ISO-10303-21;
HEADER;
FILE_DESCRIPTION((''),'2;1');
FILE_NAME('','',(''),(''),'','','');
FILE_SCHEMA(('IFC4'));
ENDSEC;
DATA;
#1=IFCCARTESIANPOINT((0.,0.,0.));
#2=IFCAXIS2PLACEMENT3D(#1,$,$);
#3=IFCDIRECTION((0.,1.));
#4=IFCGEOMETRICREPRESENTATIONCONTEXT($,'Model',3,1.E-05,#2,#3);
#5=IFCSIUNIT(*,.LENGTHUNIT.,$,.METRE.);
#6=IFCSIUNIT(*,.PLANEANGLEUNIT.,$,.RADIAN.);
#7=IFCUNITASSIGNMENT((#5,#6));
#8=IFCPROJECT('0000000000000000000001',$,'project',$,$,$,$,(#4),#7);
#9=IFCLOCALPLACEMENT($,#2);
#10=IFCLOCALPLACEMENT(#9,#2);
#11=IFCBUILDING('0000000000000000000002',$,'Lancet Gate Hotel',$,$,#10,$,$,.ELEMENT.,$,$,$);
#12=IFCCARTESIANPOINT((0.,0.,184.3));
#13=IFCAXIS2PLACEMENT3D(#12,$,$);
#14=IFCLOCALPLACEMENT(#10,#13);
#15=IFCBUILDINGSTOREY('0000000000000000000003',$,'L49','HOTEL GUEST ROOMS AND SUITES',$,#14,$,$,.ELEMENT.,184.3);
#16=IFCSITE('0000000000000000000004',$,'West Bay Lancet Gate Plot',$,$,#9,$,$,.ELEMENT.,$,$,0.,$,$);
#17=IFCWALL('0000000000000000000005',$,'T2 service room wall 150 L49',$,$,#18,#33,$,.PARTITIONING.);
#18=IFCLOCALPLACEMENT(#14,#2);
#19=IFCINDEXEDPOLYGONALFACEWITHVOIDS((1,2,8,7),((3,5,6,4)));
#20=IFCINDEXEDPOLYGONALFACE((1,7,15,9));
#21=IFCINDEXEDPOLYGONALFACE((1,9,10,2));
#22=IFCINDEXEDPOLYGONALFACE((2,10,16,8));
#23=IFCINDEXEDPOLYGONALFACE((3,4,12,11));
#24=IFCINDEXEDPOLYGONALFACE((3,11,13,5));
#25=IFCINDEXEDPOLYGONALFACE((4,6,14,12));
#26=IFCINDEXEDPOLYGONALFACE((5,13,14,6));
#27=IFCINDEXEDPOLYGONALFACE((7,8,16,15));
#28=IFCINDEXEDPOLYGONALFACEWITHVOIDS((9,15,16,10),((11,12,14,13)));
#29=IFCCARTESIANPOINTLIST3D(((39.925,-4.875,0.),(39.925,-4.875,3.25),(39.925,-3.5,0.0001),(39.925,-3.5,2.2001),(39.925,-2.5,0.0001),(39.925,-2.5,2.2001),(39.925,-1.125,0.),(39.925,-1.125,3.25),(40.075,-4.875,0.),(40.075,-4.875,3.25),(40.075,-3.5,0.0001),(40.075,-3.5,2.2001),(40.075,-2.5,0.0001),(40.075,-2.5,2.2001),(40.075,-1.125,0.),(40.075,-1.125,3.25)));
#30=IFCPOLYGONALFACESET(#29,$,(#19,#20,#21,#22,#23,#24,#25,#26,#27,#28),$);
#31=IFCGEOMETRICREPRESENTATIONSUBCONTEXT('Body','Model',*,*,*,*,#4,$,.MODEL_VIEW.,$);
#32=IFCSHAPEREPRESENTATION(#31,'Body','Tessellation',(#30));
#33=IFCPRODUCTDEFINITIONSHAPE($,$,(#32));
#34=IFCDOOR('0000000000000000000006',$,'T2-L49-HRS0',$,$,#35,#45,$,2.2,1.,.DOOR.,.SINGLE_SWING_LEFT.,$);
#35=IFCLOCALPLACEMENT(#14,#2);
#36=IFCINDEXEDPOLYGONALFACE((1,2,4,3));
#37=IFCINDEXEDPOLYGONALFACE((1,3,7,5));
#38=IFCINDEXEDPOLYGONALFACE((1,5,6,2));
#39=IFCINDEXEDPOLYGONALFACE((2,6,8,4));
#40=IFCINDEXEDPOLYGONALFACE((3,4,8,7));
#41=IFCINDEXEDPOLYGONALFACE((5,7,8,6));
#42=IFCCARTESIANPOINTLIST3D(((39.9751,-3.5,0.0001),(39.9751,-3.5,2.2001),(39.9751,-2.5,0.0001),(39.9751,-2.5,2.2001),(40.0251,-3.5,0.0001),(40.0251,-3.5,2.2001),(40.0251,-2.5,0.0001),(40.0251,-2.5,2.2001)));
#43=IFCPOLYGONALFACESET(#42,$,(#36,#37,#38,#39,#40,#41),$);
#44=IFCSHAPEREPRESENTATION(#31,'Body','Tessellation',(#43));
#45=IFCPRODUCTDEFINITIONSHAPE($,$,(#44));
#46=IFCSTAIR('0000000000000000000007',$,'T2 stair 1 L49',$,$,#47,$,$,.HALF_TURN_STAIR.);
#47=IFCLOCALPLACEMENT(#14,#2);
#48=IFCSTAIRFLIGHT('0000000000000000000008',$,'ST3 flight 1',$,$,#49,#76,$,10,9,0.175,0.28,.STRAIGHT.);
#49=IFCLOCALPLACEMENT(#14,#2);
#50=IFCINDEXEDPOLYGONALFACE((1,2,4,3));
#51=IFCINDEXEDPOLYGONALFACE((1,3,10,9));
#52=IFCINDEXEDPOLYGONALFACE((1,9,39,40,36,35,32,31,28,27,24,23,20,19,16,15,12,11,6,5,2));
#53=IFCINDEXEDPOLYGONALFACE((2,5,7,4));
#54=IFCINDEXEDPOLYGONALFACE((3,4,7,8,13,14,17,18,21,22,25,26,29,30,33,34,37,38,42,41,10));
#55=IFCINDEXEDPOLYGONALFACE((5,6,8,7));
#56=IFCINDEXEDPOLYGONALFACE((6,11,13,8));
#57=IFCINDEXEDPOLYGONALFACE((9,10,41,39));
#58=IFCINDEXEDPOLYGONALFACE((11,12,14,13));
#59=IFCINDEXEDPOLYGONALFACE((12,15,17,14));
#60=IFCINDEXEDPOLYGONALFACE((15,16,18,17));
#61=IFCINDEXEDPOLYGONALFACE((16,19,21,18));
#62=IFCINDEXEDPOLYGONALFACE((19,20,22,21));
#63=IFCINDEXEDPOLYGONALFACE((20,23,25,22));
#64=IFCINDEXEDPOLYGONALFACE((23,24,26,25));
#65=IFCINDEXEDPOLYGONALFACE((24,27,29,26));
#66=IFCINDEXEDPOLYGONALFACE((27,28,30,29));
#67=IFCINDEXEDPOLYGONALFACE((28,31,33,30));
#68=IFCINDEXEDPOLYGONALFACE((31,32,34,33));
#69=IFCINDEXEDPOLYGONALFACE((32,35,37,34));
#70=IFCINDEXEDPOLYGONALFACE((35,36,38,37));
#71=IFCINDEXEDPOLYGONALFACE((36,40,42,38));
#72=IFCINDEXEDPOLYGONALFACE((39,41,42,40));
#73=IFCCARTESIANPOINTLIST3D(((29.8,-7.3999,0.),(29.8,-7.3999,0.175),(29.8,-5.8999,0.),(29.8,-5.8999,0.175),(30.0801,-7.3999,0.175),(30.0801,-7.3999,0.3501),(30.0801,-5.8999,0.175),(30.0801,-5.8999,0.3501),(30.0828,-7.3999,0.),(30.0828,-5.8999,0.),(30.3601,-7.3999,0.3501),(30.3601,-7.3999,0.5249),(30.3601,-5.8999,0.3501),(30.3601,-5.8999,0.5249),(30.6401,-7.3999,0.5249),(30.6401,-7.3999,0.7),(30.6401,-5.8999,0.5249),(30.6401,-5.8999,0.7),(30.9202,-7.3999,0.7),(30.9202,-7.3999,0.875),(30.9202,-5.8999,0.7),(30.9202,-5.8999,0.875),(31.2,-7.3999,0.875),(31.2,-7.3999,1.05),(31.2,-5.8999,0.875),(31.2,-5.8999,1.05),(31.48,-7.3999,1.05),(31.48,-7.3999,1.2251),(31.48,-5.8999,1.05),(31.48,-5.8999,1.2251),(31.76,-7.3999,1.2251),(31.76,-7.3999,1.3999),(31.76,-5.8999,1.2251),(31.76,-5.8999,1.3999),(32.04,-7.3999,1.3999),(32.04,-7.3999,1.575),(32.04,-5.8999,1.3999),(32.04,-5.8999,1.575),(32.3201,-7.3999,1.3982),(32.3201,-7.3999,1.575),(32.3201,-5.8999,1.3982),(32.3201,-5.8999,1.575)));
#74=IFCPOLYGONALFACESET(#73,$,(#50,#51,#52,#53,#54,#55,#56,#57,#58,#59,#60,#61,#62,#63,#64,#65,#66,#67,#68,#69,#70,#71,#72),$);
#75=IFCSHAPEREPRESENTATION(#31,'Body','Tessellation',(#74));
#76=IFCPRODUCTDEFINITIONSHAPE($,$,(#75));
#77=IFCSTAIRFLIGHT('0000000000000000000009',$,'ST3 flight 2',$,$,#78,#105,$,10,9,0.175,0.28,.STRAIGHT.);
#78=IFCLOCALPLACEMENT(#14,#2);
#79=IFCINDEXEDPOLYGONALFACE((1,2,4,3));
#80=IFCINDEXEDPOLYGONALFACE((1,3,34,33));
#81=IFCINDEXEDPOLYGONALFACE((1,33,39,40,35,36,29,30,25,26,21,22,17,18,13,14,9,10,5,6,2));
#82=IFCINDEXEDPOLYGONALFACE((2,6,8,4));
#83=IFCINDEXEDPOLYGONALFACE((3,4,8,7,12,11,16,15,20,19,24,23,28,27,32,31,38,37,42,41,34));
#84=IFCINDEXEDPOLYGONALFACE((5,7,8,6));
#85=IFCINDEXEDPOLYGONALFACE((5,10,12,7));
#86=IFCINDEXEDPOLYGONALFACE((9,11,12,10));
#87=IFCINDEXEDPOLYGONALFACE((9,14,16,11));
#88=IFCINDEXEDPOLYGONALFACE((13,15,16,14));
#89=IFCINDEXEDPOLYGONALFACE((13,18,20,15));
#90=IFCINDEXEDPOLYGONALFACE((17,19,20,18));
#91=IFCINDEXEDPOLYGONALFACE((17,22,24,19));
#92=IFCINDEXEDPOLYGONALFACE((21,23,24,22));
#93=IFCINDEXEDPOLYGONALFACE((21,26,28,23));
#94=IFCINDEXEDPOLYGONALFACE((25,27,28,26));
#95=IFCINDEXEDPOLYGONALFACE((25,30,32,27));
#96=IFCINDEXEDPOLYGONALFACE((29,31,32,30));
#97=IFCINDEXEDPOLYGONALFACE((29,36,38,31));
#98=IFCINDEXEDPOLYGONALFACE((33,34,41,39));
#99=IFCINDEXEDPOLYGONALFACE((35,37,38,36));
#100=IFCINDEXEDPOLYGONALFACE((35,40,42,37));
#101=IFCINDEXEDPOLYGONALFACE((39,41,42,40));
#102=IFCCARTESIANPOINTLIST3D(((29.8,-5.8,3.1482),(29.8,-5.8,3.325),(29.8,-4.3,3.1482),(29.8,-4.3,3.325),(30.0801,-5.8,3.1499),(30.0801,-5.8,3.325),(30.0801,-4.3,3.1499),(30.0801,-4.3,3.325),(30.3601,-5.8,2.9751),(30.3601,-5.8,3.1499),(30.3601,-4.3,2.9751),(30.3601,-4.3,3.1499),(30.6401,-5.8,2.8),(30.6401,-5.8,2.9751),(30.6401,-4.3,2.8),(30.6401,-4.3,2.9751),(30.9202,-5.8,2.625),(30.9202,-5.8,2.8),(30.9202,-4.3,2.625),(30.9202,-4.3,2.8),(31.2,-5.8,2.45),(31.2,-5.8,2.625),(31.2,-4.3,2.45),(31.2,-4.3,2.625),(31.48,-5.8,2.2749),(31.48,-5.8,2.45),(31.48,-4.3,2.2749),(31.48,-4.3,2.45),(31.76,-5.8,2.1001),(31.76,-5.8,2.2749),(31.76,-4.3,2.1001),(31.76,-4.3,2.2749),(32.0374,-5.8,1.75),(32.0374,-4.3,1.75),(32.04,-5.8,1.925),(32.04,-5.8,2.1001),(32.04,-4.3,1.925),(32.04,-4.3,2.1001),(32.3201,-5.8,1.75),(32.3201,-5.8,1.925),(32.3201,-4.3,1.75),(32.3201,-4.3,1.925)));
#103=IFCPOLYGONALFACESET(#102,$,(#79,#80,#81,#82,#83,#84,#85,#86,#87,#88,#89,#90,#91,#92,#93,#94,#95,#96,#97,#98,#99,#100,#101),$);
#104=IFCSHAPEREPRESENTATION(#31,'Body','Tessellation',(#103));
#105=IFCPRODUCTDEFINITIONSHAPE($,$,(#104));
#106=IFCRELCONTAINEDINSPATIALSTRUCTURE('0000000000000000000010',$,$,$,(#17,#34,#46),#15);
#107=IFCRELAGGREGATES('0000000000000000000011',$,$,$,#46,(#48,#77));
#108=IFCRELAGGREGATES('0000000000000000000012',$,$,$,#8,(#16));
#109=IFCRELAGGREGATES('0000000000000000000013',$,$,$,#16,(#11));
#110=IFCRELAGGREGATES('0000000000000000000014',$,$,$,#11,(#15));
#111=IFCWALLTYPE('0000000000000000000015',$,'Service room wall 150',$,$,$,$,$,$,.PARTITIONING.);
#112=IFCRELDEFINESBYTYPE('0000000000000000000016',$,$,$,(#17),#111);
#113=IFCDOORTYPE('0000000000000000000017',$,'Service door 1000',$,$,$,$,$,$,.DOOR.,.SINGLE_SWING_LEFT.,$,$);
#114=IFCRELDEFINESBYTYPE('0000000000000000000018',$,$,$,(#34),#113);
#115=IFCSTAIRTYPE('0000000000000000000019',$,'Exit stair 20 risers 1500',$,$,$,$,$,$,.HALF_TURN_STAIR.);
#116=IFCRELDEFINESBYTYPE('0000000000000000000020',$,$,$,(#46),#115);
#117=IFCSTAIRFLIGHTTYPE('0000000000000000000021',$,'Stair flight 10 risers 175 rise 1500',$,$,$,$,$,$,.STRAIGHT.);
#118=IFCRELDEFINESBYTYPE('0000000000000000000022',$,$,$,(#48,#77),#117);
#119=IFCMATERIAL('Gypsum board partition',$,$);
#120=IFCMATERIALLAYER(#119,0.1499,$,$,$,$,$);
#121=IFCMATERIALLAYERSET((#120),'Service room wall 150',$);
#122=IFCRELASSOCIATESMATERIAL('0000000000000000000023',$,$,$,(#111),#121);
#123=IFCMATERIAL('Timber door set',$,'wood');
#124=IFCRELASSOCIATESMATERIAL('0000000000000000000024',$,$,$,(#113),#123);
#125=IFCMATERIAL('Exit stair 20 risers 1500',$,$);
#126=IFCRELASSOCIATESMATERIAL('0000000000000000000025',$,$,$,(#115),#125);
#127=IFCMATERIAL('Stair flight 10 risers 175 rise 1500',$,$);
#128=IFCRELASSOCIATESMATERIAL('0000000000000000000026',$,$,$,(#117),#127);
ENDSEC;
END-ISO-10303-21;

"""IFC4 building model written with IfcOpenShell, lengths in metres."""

from ifc_helpers import new_model, si_unit, direction, frame, frame_2d, origin, place, context, subcontext, project, spatial, polyline, rectangle, outline, extrude, material, layer, layer_set, type_object, element, fill, aggregate, save


model = new_model("IFC4")

# Units and contexts
model_context = context("Model", 3, precision=1e-05, world=origin(), true_north=direction((0.0, 1.0)))
body_context = subcontext(model_context, "Body", "Model", "MODEL_VIEW")
ifc_project = project(units=[si_unit("LENGTHUNIT", "METRE"), si_unit("PLANEANGLEUNIT", "RADIAN")], contexts=[model_context])

# Site, building, storey
site_placement = place(None, origin())
site = spatial("IfcSite", under=ifc_project, at=site_placement, Name="West Bay Lancet Gate Plot", CompositionType="ELEMENT", RefElevation=0.0)
building_placement = place(site_placement, origin())
building = spatial("IfcBuilding", under=site, at=building_placement, Name="Lancet Gate Hotel", CompositionType="ELEMENT")
storey_placement = place(building_placement, frame((0.0, 0.0, 184.3)))
storey = spatial("IfcBuildingStorey", under=building, at=storey_placement, Name="L49", Description="HOTEL GUEST ROOMS AND SUITES", CompositionType="ELEMENT", Elevation=184.3)

# Shared definitions
ifc_material_1 = material(Name="Gypsum board partition")
ifc_layer_1 = layer(ifc_material_1, 0.1499)
ifc_layer_set_1 = layer_set([ifc_layer_1], Name="Service room wall 150")
wall_type_1 = type_object("IfcWallType", Name="Service room wall 150", PredefinedType="PARTITIONING", material=ifc_layer_set_1)

# Wall, opening, door
wall_1_placement = place(storey_placement, frame((40.0, -4.875, 0.0), z_axis=(0.0, 0.0, 1.0), x_axis=(0.0, 1.0, 0.0)))
wall_1 = element("IfcWall", 1, at=wall_1_placement, inside=storey, type_object=wall_type_1, Name="T2 service room wall 150 L49", PredefinedType="PARTITIONING", context=body_context, shape_type="SweptSolid", body=[
    extrude(rectangle(XDim=3.75, YDim=0.1499, at=frame_2d((1.875, 0.0))), origin(), (0.0, 0.0, 1.0), 3.25),
])
opening_1_placement = place(wall_1_placement, frame((1.375, 0.0, 0.0)))
opening_1 = element("IfcOpeningElement", 2, at=opening_1_placement, cuts=wall_1, PredefinedType="OPENING", context=body_context, shape_type="SweptSolid", body=[
    extrude(rectangle(XDim=1.0, YDim=2.2, at=frame_2d((0.5, 1.1001))), frame((0.0, 0.085, 0.0), z_axis=(0.0, -1.0, 0.0), x_axis=(1.0, 0.0, 0.0)), (0.0, 0.0, 1.0), 0.1699),
])
ifc_material_2 = material(Name="Timber door set", Category="wood")
door_type_1 = type_object("IfcDoorType", Name="Service door 1000", OperationType="SINGLE_SWING_LEFT", PredefinedType="DOOR", material=ifc_material_2)
door_1_placement = place(opening_1_placement, origin())
door_1 = element("IfcDoor", 3, at=door_1_placement, inside=storey, type_object=door_type_1, Name="T2-L49-HRS0", OperationType="SINGLE_SWING_LEFT", OverallHeight=2.2, OverallWidth=1.0, PredefinedType="DOOR", context=body_context, shape_type="SweptSolid", body=[
    extrude(rectangle(XDim=1.0, YDim=2.2, at=frame_2d((0.5, 1.1001))), frame((0.0, 0.0249, 0.0), z_axis=(0.0, -1.0, 0.0), x_axis=(1.0, 0.0, 0.0)), (0.0, 0.0, 1.0), 0.05),
])
fill(opening_1, door_1)

# Stair, stair flights
ifc_material_3 = material(Name="Exit stair 20 risers 1500")
stair_type = type_object("IfcStairType", Name="Exit stair 20 risers 1500", PredefinedType="HALF_TURN_STAIR", material=ifc_material_3)
stair_placement = place(storey_placement, origin())
stair = element("IfcStair", 4, at=stair_placement, inside=storey, type_object=stair_type, Name="T2 stair 1 L49", PredefinedType="HALF_TURN_STAIR")
ifc_material_4 = material(Name="Stair flight 10 risers 175 rise 1500")
stair_flight_type = type_object("IfcStairFlightType", Name="Stair flight 10 risers 175 rise 1500", PredefinedType="STRAIGHT", material=ifc_material_4)
stair_flight_1_placement = place(storey_placement, frame((29.8, -6.6499, 0.0), z_axis=(0.0, 0.0, 1.0), x_axis=(1.0, 0.0, 0.0)))
stair_flight_1 = element("IfcStairFlight", 5, at=stair_flight_1_placement, type_object=stair_flight_type, Name="ST3 flight 1", NumberOfRisers=10, NumberOfTreads=9, PredefinedType="STRAIGHT", RiserHeight=0.175, TreadLength=0.28, context=body_context, shape_type="SweptSolid", body=[
    extrude(outline(polyline([(0.0, 0.0), (0.0, 0.175), (0.28, 0.175), (0.28, 0.3501), (0.5601, 0.3501), (0.5601, 0.5249), (0.8401, 0.5249), (0.8401, 0.7), (1.1201, 0.7), (1.1201, 0.875), (1.3999, 0.875), (1.3999, 1.05), (1.6799, 1.05), (1.6799, 1.2251), (1.96, 1.2251), (1.96, 1.3999), (2.24, 1.3999), (2.24, 1.575), (2.52, 1.575), (2.52, 1.75), (2.52, 1.3982), (0.2827, 0.0), (0.0, 0.0)])), frame((0.0, 0.75, 0.0), z_axis=(0.0, -1.0, 0.0), x_axis=(1.0, 0.0, 0.0)), (0.0, 0.0, 1.0), 1.5),
])
stair_flight_2_placement = place(storey_placement, frame((32.3201, -5.05, 1.75), z_axis=(0.0, 0.0, 1.0), x_axis=(-1.0, 0.0, 0.0)))
stair_flight_2 = element("IfcStairFlight", 6, at=stair_flight_2_placement, type_object=stair_flight_type, Name="ST3 flight 2", NumberOfRisers=10, NumberOfTreads=9, PredefinedType="STRAIGHT", RiserHeight=0.175, TreadLength=0.28, context=body_context, shape_type="SweptSolid", body=[
    extrude(outline(polyline([(0.0, 0.0), (0.0, 0.175), (0.28, 0.175), (0.28, 0.3501), (0.5601, 0.3501), (0.5601, 0.5249), (0.8401, 0.5249), (0.8401, 0.7), (1.1201, 0.7), (1.1201, 0.875), (1.3999, 0.875), (1.3999, 1.05), (1.6799, 1.05), (1.6799, 1.2251), (1.96, 1.2251), (1.96, 1.3999), (2.24, 1.3999), (2.24, 1.575), (2.52, 1.575), (2.52, 1.75), (2.52, 1.3982), (0.2827, 0.0), (0.0, 0.0)])), frame((0.0, 0.75, 0.0), z_axis=(0.0, -1.0, 0.0), x_axis=(1.0, 0.0, 0.0)), (0.0, 0.0, 1.0), 1.5),
])
aggregate(stair, [stair_flight_1, stair_flight_2])

save(model, "model.ifc")
